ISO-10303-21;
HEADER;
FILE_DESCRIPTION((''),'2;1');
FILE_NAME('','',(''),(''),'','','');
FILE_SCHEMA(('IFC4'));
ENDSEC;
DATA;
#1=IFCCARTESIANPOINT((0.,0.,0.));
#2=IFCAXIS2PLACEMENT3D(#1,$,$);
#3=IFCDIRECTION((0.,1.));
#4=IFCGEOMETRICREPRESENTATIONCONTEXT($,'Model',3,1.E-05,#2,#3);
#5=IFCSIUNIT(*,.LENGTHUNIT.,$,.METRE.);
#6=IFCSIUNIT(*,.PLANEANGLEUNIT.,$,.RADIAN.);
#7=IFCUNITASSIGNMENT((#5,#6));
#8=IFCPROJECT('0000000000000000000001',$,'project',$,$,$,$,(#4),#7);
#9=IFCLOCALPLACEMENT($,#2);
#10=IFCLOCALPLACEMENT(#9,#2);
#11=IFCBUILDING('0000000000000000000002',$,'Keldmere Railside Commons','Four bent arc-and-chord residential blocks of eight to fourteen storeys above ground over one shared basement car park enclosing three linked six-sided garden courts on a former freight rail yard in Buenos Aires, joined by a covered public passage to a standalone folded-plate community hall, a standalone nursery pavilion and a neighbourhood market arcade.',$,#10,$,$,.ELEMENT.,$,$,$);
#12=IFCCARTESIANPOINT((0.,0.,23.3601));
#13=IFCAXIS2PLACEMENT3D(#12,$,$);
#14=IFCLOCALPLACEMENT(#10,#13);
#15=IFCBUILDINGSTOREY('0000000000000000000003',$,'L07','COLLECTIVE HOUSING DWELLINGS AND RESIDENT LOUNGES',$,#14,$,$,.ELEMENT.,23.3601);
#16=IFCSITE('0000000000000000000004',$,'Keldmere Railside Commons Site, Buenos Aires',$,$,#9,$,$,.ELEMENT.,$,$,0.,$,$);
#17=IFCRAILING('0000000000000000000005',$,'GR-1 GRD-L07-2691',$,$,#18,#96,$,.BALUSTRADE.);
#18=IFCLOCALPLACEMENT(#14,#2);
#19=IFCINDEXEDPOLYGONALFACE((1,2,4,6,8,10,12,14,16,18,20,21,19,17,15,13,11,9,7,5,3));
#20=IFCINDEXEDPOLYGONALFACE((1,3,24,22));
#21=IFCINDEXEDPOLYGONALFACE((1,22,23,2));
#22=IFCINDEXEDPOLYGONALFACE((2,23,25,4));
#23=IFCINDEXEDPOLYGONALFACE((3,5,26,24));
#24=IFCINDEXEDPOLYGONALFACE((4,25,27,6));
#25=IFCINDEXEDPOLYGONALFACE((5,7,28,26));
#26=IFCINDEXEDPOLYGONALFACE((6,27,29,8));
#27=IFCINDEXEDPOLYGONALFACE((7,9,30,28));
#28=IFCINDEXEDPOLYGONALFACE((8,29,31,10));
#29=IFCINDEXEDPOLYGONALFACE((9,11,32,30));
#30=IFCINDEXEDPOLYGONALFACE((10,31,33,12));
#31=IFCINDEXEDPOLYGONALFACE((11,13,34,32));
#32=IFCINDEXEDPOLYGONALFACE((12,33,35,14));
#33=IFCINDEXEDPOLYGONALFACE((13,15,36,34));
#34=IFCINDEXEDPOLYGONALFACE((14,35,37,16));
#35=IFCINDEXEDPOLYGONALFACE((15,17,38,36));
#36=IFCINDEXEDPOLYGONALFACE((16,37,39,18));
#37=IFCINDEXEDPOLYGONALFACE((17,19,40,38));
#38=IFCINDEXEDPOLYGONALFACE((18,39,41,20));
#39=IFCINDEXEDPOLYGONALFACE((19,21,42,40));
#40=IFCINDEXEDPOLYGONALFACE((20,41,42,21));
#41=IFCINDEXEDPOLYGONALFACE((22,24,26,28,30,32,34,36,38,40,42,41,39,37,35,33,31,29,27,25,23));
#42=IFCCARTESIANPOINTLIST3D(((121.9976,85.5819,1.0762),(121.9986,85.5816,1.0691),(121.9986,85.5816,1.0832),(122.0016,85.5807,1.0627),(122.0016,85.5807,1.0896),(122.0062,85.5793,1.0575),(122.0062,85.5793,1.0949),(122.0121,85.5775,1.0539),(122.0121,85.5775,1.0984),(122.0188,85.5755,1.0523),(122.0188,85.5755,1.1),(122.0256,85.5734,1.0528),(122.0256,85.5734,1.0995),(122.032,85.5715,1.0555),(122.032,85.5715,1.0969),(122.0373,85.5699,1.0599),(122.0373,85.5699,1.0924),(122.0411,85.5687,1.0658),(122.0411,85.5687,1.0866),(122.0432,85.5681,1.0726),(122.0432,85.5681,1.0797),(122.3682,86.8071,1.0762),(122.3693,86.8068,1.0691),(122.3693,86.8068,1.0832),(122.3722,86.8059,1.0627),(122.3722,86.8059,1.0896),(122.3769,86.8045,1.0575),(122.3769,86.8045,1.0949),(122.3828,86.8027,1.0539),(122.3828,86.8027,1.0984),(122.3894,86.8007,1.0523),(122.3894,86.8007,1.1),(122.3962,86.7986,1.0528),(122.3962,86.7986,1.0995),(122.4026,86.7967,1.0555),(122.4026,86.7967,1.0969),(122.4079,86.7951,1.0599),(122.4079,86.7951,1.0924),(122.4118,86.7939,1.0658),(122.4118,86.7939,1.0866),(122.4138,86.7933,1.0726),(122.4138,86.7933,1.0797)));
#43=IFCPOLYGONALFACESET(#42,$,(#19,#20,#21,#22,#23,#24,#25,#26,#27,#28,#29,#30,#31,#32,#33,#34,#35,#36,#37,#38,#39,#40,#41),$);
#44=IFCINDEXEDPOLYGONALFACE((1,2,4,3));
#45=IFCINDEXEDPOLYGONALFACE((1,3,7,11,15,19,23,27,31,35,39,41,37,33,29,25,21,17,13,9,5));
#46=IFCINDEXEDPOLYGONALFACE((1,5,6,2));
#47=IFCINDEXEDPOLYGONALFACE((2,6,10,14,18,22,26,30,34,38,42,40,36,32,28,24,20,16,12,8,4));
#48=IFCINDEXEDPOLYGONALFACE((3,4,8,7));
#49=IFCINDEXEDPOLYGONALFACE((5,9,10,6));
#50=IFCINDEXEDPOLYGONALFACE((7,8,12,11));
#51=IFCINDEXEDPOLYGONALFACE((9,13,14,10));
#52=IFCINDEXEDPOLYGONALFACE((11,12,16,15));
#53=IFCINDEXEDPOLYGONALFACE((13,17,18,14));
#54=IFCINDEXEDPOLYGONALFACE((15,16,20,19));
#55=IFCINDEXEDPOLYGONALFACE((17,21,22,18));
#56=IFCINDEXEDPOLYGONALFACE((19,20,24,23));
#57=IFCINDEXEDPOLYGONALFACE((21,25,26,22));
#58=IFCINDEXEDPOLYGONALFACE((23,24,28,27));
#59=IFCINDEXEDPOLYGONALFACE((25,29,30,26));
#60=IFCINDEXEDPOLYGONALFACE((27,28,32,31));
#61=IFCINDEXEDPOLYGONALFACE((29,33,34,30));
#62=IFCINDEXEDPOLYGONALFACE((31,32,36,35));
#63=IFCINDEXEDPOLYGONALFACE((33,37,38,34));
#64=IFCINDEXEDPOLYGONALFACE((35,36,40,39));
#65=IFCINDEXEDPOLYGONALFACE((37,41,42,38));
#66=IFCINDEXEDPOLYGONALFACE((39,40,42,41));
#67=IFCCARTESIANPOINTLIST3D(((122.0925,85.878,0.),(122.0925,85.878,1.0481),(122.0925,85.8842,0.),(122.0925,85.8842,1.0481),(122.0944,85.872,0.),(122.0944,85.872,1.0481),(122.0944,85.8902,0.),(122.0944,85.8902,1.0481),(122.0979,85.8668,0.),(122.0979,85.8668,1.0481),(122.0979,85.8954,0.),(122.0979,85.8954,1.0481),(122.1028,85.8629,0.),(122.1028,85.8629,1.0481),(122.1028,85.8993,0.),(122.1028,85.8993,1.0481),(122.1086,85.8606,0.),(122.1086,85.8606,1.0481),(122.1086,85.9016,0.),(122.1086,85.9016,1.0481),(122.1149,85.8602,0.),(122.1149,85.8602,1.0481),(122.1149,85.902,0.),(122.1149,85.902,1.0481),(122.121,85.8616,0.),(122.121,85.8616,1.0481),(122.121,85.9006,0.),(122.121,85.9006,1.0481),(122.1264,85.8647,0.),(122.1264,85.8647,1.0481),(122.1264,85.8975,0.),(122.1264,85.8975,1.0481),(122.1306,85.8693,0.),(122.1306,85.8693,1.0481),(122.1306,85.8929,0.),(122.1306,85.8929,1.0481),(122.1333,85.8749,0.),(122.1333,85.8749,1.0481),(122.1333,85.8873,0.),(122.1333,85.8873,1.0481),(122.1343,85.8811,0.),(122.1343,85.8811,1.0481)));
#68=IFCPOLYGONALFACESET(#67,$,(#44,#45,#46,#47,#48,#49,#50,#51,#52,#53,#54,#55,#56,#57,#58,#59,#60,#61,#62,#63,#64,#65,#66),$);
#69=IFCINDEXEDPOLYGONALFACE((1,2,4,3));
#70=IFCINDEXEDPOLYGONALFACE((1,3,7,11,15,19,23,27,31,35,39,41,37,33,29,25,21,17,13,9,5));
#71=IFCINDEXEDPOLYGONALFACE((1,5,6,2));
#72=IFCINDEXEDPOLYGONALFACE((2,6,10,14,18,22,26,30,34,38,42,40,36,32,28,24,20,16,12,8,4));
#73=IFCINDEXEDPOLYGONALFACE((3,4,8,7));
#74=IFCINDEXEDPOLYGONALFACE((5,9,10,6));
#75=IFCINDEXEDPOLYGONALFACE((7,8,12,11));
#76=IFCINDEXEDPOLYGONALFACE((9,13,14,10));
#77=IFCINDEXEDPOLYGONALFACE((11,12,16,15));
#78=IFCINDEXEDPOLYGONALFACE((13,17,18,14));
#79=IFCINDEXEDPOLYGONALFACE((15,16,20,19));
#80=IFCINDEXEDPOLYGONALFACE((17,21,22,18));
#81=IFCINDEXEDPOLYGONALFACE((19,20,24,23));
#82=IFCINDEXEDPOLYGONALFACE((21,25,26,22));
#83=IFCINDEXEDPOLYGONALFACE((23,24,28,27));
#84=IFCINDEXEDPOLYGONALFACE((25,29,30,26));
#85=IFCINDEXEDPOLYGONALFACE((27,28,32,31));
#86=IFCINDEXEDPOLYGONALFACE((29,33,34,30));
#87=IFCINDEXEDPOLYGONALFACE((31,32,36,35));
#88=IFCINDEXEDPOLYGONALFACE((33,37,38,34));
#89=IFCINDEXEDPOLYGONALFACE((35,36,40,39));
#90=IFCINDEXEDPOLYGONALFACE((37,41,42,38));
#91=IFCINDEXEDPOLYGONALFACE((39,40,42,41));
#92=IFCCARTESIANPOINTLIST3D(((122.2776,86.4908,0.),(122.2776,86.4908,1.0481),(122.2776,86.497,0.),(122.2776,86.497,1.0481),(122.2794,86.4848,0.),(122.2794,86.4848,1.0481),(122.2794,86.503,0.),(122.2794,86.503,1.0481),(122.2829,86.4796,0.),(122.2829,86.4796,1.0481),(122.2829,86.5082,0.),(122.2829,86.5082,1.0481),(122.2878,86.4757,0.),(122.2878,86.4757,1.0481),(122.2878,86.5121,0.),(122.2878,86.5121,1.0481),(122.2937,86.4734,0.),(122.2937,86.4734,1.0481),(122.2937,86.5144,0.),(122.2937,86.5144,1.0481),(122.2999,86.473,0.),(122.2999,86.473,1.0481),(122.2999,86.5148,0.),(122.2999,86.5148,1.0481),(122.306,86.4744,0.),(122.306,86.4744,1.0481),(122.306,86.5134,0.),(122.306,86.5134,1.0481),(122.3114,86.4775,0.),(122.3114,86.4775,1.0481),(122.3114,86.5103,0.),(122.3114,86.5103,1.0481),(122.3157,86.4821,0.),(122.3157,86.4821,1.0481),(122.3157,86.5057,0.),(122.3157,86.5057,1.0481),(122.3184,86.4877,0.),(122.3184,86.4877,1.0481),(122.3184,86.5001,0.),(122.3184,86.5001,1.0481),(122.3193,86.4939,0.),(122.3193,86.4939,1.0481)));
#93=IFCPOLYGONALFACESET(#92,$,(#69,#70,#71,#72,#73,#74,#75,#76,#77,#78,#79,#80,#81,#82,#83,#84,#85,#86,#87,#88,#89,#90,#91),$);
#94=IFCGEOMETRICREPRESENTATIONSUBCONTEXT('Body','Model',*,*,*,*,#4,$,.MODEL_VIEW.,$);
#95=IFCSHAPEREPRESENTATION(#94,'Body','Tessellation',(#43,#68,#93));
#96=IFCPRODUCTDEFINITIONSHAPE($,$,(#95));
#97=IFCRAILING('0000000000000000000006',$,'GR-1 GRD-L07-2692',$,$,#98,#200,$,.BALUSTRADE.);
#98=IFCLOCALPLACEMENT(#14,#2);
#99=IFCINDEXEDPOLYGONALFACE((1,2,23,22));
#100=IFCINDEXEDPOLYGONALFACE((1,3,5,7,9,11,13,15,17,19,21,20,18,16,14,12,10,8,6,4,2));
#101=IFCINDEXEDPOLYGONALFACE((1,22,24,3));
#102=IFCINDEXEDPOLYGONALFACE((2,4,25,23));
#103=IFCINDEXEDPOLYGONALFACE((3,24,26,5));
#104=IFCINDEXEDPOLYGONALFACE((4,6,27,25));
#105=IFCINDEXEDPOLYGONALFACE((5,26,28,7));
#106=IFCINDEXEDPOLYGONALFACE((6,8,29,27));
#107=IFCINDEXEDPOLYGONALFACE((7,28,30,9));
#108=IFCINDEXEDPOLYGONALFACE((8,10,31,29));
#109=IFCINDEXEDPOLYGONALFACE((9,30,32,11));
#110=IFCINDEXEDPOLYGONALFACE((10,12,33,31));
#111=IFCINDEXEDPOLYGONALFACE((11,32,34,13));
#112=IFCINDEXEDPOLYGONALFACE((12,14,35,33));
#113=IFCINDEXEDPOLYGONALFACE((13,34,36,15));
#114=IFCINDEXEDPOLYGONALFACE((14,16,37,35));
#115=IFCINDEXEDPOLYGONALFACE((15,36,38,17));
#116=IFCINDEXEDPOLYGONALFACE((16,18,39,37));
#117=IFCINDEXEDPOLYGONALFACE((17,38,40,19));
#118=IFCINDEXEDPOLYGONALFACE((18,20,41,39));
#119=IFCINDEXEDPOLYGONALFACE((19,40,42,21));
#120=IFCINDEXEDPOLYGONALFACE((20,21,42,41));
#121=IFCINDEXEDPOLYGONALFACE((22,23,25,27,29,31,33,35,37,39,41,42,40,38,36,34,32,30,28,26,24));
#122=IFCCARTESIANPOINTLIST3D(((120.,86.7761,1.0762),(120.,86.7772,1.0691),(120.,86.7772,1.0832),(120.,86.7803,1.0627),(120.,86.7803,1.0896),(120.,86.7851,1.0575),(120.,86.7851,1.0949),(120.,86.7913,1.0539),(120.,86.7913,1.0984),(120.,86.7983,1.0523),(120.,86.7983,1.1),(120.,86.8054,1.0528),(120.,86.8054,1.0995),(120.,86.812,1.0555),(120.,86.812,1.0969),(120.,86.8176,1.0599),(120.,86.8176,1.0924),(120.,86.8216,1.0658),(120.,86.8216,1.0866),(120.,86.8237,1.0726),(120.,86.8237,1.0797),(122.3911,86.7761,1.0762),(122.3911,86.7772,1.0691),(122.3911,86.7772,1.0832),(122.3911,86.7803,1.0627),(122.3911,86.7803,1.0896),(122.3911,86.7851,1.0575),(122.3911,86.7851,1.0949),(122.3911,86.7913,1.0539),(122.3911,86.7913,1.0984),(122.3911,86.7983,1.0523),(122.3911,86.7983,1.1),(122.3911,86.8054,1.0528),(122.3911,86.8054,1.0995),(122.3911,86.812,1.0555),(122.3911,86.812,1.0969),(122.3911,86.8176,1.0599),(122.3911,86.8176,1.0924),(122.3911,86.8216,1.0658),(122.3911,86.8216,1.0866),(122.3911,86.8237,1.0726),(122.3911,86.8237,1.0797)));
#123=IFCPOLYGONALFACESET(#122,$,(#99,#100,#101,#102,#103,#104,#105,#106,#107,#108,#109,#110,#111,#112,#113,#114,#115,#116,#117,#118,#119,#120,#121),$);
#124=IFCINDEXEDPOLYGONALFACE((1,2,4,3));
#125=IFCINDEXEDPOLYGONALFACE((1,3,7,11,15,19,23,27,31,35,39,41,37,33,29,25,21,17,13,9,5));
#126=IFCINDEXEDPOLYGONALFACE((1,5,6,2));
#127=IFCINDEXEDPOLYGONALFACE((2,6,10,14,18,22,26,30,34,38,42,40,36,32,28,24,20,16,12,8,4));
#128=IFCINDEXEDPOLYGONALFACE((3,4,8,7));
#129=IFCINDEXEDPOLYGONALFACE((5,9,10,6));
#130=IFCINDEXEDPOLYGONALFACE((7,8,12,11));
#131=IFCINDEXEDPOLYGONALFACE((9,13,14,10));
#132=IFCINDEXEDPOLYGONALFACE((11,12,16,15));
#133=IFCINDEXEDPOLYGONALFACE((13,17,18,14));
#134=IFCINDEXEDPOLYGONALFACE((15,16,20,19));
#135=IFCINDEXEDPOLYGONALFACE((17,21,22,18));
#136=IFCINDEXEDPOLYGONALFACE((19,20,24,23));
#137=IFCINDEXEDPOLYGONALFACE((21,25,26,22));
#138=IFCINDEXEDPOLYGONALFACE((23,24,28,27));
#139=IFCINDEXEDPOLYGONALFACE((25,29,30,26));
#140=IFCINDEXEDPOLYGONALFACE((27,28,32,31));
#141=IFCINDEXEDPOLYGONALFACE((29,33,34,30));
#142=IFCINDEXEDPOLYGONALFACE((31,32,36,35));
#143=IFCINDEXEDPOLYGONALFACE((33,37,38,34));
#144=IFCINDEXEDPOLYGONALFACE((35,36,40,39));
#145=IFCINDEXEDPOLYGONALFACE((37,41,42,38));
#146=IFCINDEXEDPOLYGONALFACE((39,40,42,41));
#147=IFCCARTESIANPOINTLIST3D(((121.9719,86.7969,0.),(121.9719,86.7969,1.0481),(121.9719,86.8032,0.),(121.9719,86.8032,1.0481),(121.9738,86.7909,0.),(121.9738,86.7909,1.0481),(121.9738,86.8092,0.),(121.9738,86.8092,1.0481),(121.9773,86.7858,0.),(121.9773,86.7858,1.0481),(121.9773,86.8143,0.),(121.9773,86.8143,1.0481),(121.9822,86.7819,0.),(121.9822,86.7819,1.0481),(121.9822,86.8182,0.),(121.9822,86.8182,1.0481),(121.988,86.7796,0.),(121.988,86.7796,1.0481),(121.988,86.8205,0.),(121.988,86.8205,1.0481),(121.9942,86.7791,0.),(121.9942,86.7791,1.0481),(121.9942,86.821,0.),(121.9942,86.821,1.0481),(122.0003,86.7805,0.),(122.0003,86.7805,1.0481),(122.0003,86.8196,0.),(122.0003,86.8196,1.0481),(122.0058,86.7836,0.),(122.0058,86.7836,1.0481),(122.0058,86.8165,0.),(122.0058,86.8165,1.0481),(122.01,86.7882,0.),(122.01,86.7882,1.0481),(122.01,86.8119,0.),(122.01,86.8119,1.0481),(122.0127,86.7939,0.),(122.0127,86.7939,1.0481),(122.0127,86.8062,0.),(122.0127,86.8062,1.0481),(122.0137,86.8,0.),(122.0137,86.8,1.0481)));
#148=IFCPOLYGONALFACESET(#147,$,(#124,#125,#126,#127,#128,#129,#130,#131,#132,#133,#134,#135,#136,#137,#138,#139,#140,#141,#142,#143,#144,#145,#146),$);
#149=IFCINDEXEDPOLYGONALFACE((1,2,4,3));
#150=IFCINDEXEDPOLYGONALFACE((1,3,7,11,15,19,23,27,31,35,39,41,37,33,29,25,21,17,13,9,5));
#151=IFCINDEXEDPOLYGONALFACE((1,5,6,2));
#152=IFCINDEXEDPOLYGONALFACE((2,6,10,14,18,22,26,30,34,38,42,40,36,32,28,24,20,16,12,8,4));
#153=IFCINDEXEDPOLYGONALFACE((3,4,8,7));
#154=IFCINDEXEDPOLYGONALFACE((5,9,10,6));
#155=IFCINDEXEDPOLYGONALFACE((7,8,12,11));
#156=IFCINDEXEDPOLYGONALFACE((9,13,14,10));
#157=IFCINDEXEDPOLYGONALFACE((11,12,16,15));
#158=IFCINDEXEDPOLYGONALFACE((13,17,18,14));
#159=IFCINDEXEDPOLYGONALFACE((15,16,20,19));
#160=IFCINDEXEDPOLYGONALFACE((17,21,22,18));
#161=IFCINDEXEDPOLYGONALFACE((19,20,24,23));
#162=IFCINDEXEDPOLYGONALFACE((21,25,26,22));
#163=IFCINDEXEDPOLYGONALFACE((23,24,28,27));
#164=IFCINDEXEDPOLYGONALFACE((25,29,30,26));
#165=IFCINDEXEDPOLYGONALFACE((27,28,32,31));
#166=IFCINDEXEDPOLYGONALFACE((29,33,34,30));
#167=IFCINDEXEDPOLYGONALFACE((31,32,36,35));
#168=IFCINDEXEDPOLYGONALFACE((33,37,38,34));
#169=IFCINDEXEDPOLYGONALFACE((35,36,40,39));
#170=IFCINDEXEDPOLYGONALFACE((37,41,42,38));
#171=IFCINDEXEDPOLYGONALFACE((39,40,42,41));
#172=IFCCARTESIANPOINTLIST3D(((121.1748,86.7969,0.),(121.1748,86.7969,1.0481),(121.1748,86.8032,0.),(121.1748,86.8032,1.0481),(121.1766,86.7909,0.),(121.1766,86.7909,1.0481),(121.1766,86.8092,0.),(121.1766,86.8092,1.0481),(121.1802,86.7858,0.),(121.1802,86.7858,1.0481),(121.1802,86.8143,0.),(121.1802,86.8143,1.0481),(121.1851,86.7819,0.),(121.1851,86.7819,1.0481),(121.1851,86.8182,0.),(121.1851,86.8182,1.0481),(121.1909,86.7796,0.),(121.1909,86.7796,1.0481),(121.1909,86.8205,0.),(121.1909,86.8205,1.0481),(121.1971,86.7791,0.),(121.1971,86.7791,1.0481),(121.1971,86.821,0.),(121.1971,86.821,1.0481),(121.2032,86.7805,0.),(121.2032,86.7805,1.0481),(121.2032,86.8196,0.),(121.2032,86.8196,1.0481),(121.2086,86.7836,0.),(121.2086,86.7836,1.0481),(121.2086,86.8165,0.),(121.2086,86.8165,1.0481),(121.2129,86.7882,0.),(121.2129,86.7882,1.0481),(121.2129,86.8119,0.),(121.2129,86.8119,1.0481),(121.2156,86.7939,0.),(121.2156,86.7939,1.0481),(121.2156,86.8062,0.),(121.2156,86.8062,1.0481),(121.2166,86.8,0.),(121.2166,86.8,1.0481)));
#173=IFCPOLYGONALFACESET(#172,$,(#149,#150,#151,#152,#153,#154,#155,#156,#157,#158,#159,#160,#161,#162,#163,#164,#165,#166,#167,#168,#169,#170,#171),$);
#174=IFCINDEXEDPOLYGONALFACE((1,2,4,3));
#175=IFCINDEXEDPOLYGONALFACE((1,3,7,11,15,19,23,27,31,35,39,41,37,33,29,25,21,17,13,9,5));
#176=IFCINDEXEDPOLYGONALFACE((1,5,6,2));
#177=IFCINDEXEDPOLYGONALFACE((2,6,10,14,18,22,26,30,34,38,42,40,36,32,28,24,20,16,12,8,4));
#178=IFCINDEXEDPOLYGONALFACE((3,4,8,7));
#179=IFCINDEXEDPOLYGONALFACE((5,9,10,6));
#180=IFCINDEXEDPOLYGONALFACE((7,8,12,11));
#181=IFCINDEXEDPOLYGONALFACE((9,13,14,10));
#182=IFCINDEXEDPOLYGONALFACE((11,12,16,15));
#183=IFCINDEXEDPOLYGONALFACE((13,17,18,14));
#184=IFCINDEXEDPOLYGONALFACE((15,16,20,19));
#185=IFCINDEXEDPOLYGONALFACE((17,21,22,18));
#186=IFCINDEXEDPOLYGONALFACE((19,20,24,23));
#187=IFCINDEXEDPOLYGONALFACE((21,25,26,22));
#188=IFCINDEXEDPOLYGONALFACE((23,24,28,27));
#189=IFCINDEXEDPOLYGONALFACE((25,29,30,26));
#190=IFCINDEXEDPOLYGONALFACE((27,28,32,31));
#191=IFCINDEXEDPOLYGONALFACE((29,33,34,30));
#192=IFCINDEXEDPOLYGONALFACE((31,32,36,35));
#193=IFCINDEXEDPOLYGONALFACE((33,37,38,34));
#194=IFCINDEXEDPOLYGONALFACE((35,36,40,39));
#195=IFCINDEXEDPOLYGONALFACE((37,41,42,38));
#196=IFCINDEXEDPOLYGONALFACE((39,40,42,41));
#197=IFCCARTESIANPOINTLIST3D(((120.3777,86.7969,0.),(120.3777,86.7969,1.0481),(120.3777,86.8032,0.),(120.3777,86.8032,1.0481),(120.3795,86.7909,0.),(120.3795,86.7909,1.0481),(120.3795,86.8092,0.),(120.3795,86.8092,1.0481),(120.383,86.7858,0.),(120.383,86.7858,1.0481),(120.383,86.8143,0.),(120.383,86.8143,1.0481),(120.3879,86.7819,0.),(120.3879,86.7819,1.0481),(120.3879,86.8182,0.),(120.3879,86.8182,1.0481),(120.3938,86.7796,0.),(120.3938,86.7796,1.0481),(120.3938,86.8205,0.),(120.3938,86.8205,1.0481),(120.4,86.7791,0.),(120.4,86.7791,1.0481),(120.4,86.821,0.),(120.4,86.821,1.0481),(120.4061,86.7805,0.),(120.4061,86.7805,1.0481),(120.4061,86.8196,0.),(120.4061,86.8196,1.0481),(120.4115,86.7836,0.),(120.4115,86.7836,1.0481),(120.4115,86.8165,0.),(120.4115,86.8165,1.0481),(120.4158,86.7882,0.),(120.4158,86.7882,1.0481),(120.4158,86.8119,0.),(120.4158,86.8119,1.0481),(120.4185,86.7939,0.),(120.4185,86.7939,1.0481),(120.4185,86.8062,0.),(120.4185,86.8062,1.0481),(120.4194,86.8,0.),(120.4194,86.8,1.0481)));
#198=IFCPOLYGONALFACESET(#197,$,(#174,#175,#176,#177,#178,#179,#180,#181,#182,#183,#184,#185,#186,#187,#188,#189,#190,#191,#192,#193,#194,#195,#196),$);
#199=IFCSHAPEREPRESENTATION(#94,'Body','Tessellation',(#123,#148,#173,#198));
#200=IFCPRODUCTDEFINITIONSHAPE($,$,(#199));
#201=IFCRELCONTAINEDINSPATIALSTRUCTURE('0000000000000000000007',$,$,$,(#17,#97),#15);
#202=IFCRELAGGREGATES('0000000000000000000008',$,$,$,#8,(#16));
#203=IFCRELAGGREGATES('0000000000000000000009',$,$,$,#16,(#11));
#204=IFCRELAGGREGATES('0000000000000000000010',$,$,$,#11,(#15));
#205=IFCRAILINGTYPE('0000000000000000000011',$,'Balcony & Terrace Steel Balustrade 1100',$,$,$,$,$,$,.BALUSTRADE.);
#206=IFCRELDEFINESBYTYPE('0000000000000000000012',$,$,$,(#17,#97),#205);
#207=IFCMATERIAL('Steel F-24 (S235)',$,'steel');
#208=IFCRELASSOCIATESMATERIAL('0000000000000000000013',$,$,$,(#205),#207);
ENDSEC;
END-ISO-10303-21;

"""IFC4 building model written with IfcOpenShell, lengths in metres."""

from ifc_helpers import new_model, si_unit, direction, frame, origin, origin_2d, place, context, subcontext, project, spatial, circle, extrude, material, type_object, element, save


model = new_model("IFC4")

# Units and contexts
model_context = context("Model", 3, precision=1e-05, world=origin(), true_north=direction((0.0, 1.0)))
body_context = subcontext(model_context, "Body", "Model", "MODEL_VIEW")
ifc_project = project(units=[si_unit("LENGTHUNIT", "METRE"), si_unit("PLANEANGLEUNIT", "RADIAN")], contexts=[model_context])

# Site, building, storey
site_placement = place(None, origin())
site = spatial("IfcSite", under=ifc_project, at=site_placement, Name="Keldmere Railside Commons Site, Buenos Aires", CompositionType="ELEMENT", RefElevation=0.0)
building_placement = place(site_placement, origin())
building = spatial("IfcBuilding", under=site, at=building_placement, Name="Keldmere Railside Commons", Description="Four bent arc-and-chord residential blocks of eight to fourteen storeys above ground over one shared basement car park enclosing three linked six-sided garden courts on a former freight rail yard in Buenos Aires, joined by a covered public passage to a standalone folded-plate community hall, a standalone nursery pavilion and a neighbourhood market arcade.", CompositionType="ELEMENT")
storey_placement = place(building_placement, frame((0.0, 0.0, 23.3601)))
storey = spatial("IfcBuildingStorey", under=building, at=storey_placement, Name="L07", Description="COLLECTIVE HOUSING DWELLINGS AND RESIDENT LOUNGES", CompositionType="ELEMENT", Elevation=23.3601)

# Railings
ifc_material_1 = material(Name="Steel F-24 (S235)", Category="steel")
railing_type = type_object("IfcRailingType", Name="Balcony & Terrace Steel Balustrade 1100", PredefinedType="BALUSTRADE", material=ifc_material_1)
railing_1_placement = place(storey_placement, frame((122.0205, 85.575, 0.0)))
element("IfcRailing", 1, at=railing_1_placement, inside=storey, type_object=railing_type, Name="GR-1 GRD-L07-2691", PredefinedType="BALUSTRADE", context=body_context, shape_type="SweptSolid", body=[
    extrude(circle(Radius=0.0239, at=origin_2d()), frame((0.0, 0.0, 1.0762), z_axis=(0.289552, 0.957162, 0.0), x_axis=(-0.957162, 0.289552, 0.0)), (0.0, 0.0, 1.0), 1.28),
    extrude(circle(Radius=0.021, at=origin_2d()), frame((0.0928, 0.3062, 0.0)), (0.0, 0.0, 1.0), 1.0481),
    extrude(circle(Radius=0.021, at=origin_2d()), frame((0.2778, 0.9189, 0.0)), (0.0, 0.0, 1.0), 1.0481),
])
railing_2_placement = place(storey_placement, frame((122.3911, 86.8, 0.0)))
element("IfcRailing", 2, at=railing_2_placement, inside=storey, type_object=railing_type, Name="GR-1 GRD-L07-2692", PredefinedType="BALUSTRADE", context=body_context, shape_type="SweptSolid", body=[
    extrude(circle(Radius=0.0239, at=origin_2d()), frame((0.0, 0.0, 1.0762), z_axis=(-1.0, 0.0, 0.0), x_axis=(0.0, -1.0, 0.0)), (0.0, 0.0, 1.0), 2.3911),
    extrude(circle(Radius=0.021, at=origin_2d()), frame((-0.3984, 0.0, 0.0)), (0.0, 0.0, 1.0), 1.0481),
    extrude(circle(Radius=0.021, at=origin_2d()), frame((-1.1956, 0.0, 0.0)), (0.0, 0.0, 1.0), 1.0481),
    extrude(circle(Radius=0.021, at=origin_2d()), frame((-1.9927, 0.0, 0.0)), (0.0, 0.0, 1.0), 1.0481),
])

save(model, "model.ifc")
